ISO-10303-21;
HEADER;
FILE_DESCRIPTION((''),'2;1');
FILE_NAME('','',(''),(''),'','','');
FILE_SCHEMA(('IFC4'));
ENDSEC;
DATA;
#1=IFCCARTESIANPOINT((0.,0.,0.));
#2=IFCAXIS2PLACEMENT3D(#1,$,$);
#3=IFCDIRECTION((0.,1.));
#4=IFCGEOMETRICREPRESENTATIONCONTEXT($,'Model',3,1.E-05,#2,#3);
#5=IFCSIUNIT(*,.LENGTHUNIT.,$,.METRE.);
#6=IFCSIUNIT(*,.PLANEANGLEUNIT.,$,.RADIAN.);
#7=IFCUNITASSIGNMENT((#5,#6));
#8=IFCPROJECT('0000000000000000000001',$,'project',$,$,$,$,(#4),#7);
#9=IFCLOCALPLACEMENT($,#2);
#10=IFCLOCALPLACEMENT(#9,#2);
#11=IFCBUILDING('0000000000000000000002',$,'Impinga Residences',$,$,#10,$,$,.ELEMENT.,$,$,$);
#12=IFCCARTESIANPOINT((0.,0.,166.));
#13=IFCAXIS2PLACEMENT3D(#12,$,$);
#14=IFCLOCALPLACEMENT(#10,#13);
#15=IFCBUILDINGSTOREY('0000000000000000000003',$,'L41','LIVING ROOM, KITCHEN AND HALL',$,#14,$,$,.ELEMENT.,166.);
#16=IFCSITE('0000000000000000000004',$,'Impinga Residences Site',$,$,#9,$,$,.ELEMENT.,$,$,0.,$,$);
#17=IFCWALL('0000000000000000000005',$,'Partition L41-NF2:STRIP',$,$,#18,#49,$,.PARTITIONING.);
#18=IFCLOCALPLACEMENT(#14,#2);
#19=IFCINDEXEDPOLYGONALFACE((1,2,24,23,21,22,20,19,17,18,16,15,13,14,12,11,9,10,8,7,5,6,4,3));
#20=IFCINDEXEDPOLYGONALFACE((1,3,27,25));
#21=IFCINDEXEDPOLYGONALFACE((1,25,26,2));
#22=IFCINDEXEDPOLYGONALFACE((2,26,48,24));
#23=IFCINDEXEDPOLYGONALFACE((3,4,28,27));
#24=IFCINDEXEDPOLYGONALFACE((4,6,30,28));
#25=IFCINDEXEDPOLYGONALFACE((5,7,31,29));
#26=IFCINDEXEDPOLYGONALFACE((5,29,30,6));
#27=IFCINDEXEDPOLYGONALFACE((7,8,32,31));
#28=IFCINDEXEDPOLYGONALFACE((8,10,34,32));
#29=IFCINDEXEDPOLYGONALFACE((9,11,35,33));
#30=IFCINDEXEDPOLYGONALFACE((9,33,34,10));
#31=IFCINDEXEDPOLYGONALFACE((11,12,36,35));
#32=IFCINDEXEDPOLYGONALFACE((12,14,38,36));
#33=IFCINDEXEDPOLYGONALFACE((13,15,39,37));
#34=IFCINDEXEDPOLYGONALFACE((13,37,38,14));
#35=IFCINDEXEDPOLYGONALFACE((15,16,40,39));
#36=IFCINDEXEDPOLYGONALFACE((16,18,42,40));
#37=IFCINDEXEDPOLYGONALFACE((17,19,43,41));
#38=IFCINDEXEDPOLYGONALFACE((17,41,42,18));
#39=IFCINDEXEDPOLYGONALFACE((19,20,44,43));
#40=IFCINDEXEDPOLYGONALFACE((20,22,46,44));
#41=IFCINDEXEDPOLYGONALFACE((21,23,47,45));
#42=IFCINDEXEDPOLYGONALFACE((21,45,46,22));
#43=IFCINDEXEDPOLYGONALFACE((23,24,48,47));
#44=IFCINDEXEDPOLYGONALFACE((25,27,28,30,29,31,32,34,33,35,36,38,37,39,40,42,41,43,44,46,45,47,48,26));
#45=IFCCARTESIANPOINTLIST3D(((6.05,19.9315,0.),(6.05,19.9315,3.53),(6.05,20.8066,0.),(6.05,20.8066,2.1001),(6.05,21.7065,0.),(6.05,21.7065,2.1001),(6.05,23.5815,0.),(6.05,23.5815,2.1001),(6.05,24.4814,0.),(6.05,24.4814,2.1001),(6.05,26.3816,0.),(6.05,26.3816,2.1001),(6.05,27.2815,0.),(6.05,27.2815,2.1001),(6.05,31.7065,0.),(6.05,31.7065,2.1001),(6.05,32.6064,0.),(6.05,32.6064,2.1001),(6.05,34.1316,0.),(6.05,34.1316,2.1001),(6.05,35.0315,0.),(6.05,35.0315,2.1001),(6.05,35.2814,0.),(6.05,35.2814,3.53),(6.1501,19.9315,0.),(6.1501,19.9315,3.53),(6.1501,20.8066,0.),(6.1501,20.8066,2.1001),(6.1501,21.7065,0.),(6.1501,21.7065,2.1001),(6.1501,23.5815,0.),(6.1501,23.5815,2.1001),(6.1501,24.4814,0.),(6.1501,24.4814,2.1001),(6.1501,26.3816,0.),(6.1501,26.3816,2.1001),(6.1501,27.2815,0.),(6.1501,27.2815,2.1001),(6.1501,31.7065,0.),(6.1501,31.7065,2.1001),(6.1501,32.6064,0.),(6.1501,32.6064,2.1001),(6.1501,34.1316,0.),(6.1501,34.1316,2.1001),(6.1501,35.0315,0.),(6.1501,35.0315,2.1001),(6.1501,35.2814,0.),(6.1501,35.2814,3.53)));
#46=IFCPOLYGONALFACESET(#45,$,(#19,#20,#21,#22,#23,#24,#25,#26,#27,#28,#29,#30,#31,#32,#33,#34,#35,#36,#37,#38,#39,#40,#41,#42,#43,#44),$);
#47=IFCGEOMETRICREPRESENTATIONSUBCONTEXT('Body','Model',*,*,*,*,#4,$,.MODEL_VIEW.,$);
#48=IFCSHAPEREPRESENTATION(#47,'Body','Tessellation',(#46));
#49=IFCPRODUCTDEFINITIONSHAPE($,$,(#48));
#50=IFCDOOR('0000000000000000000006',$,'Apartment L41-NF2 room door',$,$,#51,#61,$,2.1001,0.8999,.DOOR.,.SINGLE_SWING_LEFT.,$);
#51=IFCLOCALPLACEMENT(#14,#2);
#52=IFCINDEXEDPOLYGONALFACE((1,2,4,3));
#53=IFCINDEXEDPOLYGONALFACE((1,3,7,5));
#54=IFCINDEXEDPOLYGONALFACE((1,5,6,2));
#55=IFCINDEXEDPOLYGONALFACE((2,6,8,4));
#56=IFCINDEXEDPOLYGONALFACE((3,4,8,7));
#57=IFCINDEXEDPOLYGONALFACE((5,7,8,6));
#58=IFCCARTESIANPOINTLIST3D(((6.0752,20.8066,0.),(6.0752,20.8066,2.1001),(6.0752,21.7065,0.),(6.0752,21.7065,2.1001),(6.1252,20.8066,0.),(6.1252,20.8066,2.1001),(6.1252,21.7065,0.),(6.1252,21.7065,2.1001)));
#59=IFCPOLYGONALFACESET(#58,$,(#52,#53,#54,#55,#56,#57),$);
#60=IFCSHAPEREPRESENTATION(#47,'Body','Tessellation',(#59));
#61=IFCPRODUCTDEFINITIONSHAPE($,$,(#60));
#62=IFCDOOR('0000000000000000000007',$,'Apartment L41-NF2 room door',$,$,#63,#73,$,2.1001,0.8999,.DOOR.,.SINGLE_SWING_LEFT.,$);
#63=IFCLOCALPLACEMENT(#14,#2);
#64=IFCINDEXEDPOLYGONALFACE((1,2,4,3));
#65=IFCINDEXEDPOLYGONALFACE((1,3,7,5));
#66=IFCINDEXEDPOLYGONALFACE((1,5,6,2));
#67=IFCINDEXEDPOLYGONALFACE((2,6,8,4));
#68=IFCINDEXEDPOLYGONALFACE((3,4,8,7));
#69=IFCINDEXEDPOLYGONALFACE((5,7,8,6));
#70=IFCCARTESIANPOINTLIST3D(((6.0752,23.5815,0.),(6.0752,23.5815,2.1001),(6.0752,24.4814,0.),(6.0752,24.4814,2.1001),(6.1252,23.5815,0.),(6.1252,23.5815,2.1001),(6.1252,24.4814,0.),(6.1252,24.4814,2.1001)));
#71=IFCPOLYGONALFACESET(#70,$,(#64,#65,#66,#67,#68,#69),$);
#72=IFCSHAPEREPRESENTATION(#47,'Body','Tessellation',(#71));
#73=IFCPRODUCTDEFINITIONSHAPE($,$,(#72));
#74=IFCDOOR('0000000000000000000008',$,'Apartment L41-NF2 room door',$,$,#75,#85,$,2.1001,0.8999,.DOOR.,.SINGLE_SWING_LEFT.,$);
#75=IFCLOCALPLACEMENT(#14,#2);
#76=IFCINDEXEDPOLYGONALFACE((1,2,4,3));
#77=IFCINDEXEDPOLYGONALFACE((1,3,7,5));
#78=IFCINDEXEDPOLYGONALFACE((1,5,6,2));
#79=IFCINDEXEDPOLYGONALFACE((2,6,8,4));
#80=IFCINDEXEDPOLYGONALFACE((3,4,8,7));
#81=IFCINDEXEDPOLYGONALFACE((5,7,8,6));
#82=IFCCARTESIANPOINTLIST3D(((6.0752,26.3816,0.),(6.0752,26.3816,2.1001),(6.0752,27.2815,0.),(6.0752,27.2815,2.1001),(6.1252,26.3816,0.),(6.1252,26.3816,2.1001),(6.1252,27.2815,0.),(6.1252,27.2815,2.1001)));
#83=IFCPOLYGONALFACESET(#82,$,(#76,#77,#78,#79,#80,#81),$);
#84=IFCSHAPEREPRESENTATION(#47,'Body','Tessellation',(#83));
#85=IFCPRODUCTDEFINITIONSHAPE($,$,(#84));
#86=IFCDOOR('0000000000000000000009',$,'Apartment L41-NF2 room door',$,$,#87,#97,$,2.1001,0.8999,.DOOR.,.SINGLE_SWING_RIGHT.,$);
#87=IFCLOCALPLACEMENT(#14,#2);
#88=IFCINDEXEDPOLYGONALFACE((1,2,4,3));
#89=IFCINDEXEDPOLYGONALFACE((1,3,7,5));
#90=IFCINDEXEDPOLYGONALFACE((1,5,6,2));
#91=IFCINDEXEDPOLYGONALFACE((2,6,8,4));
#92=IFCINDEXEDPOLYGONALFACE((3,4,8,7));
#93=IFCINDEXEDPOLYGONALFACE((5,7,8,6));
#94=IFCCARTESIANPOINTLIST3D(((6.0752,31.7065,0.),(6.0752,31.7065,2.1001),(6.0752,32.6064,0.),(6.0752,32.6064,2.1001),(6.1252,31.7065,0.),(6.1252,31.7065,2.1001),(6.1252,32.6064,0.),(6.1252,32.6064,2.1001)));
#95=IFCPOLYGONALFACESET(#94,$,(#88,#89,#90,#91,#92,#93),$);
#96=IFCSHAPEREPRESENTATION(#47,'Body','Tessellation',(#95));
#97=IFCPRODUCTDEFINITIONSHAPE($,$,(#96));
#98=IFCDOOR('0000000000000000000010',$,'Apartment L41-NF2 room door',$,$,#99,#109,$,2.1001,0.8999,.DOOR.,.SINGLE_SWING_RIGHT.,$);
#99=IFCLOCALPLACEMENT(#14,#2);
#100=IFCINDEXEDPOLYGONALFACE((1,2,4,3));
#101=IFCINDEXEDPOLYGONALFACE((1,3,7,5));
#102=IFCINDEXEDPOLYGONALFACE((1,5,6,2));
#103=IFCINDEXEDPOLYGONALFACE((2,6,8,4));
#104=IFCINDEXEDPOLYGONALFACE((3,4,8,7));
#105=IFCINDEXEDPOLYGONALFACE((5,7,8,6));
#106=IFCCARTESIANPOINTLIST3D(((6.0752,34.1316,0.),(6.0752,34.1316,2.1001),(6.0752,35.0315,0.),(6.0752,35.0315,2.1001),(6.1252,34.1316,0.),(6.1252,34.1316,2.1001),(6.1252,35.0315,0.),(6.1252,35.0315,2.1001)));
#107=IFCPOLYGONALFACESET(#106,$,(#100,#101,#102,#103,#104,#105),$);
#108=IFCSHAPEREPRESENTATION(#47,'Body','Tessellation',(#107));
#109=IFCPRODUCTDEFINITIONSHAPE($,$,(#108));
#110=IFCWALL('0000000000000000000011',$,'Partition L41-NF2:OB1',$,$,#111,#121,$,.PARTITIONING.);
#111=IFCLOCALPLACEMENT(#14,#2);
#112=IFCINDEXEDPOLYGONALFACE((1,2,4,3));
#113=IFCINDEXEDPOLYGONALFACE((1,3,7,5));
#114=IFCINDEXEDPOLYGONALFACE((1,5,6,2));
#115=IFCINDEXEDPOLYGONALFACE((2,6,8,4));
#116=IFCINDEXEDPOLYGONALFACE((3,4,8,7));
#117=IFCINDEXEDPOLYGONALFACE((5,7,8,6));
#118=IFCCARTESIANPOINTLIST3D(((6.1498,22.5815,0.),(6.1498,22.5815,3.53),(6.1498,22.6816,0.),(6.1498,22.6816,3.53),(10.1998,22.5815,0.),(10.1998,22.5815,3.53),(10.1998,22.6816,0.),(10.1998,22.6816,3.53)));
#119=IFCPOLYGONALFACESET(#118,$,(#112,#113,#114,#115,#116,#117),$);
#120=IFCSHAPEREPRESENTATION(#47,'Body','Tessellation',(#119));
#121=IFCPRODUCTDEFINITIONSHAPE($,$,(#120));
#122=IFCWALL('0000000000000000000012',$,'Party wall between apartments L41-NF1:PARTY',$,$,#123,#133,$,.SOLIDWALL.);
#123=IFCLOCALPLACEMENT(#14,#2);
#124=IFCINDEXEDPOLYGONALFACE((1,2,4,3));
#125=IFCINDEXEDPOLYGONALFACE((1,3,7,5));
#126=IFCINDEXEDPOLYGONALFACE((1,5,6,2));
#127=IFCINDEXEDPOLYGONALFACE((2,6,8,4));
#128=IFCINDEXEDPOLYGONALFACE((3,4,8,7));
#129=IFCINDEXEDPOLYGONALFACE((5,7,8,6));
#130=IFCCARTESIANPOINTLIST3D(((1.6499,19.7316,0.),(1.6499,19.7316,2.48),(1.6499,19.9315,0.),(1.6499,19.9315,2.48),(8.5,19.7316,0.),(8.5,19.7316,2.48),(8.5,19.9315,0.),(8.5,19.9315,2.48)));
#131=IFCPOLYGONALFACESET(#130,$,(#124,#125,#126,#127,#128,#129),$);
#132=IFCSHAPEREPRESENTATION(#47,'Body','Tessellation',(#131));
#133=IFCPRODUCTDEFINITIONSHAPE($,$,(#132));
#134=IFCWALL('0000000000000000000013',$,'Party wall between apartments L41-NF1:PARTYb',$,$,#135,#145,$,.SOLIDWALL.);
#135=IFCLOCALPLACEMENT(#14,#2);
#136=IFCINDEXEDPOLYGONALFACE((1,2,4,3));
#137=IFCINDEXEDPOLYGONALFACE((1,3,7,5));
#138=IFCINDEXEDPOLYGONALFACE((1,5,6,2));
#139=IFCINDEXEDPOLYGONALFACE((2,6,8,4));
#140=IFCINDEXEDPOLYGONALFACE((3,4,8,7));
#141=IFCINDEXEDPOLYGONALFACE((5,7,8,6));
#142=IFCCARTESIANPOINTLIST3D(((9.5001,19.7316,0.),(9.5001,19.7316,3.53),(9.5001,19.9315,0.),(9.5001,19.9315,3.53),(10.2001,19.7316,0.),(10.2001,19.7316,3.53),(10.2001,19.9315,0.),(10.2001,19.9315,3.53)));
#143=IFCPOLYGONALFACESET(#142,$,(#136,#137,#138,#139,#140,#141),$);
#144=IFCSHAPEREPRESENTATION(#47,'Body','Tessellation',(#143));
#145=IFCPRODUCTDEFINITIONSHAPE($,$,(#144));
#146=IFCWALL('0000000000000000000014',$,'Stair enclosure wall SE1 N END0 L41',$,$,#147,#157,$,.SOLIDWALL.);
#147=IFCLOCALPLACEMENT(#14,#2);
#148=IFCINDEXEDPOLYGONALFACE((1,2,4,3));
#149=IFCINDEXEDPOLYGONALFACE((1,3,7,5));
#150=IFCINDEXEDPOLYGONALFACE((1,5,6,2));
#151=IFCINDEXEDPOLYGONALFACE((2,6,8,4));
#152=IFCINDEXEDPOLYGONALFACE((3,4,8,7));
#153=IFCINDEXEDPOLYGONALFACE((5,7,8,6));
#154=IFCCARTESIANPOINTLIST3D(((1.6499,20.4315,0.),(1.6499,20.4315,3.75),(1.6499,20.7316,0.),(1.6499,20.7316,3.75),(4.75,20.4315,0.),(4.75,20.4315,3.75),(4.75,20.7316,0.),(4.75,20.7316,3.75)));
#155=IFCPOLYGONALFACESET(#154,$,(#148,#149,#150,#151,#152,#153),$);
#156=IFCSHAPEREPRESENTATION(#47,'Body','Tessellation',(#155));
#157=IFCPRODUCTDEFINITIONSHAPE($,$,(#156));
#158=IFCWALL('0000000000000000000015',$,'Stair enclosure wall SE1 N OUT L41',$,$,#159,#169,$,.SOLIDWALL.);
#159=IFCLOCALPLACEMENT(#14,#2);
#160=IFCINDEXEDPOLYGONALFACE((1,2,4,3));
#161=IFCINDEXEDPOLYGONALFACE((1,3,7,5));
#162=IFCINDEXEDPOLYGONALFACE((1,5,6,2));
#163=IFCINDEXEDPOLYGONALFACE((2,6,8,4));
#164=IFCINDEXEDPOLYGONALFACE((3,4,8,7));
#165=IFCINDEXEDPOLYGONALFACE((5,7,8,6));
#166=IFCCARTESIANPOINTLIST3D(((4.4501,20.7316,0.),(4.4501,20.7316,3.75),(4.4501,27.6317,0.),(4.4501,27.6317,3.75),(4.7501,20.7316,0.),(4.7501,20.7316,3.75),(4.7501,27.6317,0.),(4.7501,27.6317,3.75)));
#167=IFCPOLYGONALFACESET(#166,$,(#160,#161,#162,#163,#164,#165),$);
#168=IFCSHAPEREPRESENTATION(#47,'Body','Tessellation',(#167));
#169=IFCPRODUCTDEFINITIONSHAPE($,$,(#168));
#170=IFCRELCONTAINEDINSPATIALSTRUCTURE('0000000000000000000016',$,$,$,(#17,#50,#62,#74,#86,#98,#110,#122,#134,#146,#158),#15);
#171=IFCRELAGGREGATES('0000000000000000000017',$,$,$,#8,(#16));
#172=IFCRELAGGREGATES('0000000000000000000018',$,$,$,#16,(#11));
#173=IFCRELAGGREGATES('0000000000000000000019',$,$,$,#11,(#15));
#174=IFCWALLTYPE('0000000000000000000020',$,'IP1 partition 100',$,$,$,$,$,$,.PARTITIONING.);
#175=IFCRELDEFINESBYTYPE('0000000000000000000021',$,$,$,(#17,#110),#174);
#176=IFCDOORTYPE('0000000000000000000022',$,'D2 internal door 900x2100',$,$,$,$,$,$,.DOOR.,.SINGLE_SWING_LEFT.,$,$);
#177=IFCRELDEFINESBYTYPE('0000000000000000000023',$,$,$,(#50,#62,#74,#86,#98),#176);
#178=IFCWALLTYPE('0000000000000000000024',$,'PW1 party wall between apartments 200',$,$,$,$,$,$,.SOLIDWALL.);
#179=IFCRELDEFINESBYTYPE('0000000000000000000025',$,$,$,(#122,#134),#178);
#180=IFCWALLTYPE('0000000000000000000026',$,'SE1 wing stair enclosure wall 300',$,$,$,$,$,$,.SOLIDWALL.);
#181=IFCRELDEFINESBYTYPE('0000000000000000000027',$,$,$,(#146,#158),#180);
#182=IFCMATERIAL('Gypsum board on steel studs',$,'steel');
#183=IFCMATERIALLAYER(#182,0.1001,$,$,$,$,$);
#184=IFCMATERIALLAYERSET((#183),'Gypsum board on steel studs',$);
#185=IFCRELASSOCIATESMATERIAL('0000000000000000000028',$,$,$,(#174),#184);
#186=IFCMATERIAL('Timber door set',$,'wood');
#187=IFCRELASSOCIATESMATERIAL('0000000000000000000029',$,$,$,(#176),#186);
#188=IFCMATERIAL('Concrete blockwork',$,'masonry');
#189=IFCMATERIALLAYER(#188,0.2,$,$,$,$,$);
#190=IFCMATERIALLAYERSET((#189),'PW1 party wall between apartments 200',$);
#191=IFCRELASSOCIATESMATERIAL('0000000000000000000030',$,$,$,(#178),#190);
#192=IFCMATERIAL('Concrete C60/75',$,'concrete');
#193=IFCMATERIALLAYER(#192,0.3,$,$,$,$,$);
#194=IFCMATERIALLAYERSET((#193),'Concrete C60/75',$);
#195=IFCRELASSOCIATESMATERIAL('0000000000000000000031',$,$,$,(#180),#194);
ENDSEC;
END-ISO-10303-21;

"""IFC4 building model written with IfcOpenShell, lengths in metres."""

from ifc_helpers import new_model, si_unit, direction, frame, frame_2d, origin, place, context, subcontext, project, spatial, rectangle, extrude, material, layer, layer_set, type_object, element, fill, save


model = new_model("IFC4")

# Units and contexts
model_context = context("Model", 3, precision=1e-05, world=origin(), true_north=direction((0.0, 1.0)))
body_context = subcontext(model_context, "Body", "Model", "MODEL_VIEW")
ifc_project = project(units=[si_unit("LENGTHUNIT", "METRE"), si_unit("PLANEANGLEUNIT", "RADIAN")], contexts=[model_context])

# Site, building, storey
site_placement = place(None, origin())
site = spatial("IfcSite", under=ifc_project, at=site_placement, Name="Impinga Residences Site", CompositionType="ELEMENT", RefElevation=0.0)
building_placement = place(site_placement, origin())
building = spatial("IfcBuilding", under=site, at=building_placement, Name="Impinga Residences", CompositionType="ELEMENT")
storey_placement = place(building_placement, frame((0.0, 0.0, 166.0)))
storey = spatial("IfcBuildingStorey", under=building, at=storey_placement, Name="L41", Description="LIVING ROOM, KITCHEN AND HALL", CompositionType="ELEMENT", Elevation=166.0)

# Shared definitions
ifc_material_1 = material(Name="Concrete C60/75", Category="concrete")

# Shared definitions
ifc_material_2 = material(Name="Gypsum board on steel studs", Category="steel")
ifc_layer_1 = layer(ifc_material_2, 0.1001)
ifc_layer_set_1 = layer_set([ifc_layer_1], Name="Gypsum board on steel studs")
wall_type_1 = type_object("IfcWallType", Name="IP1 partition 100", PredefinedType="PARTITIONING", material=ifc_layer_set_1)

# Shared definitions
ifc_material_3 = material(Name="Timber door set", Category="wood")
door_type = type_object("IfcDoorType", Name="D2 internal door 900x2100", OperationType="SINGLE_SWING_LEFT", PredefinedType="DOOR", material=ifc_material_3)

# Wall, openings, doors
wall_1_placement = place(storey_placement, frame((6.1001, 19.9316, 0.0), z_axis=(0.0, 0.0, 1.0), x_axis=(0.0, 1.0, 0.0)))
wall_1 = element("IfcWall", 1, at=wall_1_placement, inside=storey, type_object=wall_type_1, Name="Partition L41-NF2:STRIP", PredefinedType="PARTITIONING", context=body_context, shape_type="SweptSolid", body=[
    extrude(rectangle(XDim=15.3499, YDim=0.1001, at=frame_2d((7.6748, 0.0))), origin(), (0.0, 0.0, 1.0), 3.53),
])
opening_1_placement = place(wall_1_placement, frame((0.875, 0.0, 0.0)))
opening_1 = element("IfcOpeningElement", 2, at=opening_1_placement, cuts=wall_1, PredefinedType="OPENING", context=body_context, shape_type="SweptSolid", body=[
    extrude(rectangle(XDim=0.8999, YDim=2.1001, at=frame_2d((0.45, 1.05))), frame((0.0, 0.0601, 0.0), z_axis=(0.0, -1.0, 0.0), x_axis=(1.0, 0.0, 0.0)), (0.0, 0.0, 1.0), 0.1201),
])
opening_2_placement = place(wall_1_placement, frame((3.6499, 0.0, 0.0)))
opening_2 = element("IfcOpeningElement", 3, at=opening_2_placement, cuts=wall_1, PredefinedType="OPENING", context=body_context, shape_type="SweptSolid", body=[
    extrude(rectangle(XDim=0.8999, YDim=2.1001, at=frame_2d((0.45, 1.05))), frame((0.0, 0.0601, 0.0), z_axis=(0.0, -1.0, 0.0), x_axis=(1.0, 0.0, 0.0)), (0.0, 0.0, 1.0), 0.1201),
])
opening_3_placement = place(wall_1_placement, frame((6.45, 0.0, 0.0)))
opening_3 = element("IfcOpeningElement", 4, at=opening_3_placement, cuts=wall_1, PredefinedType="OPENING", context=body_context, shape_type="SweptSolid", body=[
    extrude(rectangle(XDim=0.8999, YDim=2.1001, at=frame_2d((0.45, 1.05))), frame((0.0, 0.0601, 0.0), z_axis=(0.0, -1.0, 0.0), x_axis=(1.0, 0.0, 0.0)), (0.0, 0.0, 1.0), 0.1201),
])
opening_4_placement = place(wall_1_placement, frame((11.7749, 0.0, 0.0)))
opening_4 = element("IfcOpeningElement", 5, at=opening_4_placement, cuts=wall_1, PredefinedType="OPENING", context=body_context, shape_type="SweptSolid", body=[
    extrude(rectangle(XDim=0.8999, YDim=2.1001, at=frame_2d((0.45, 1.05))), frame((0.0, 0.0601, 0.0), z_axis=(0.0, -1.0, 0.0), x_axis=(1.0, 0.0, 0.0)), (0.0, 0.0, 1.0), 0.1201),
])
opening_5_placement = place(wall_1_placement, frame((14.2, 0.0, 0.0)))
opening_5 = element("IfcOpeningElement", 6, at=opening_5_placement, cuts=wall_1, PredefinedType="OPENING", context=body_context, shape_type="SweptSolid", body=[
    extrude(rectangle(XDim=0.8999, YDim=2.1001, at=frame_2d((0.45, 1.05))), frame((0.0, 0.0601, 0.0), z_axis=(0.0, -1.0, 0.0), x_axis=(1.0, 0.0, 0.0)), (0.0, 0.0, 1.0), 0.1201),
])
door_1_placement = place(opening_1_placement, origin())
door_1 = element("IfcDoor", 7, at=door_1_placement, inside=storey, type_object=door_type, Name="Apartment L41-NF2 room door", OperationType="SINGLE_SWING_LEFT", OverallHeight=2.1001, OverallWidth=0.8999, PredefinedType="DOOR", context=body_context, shape_type="SweptSolid", body=[
    extrude(rectangle(XDim=0.8999, YDim=2.1001, at=frame_2d((0.45, 1.05))), frame((0.0, 0.0249, 0.0), z_axis=(0.0, -1.0, 0.0), x_axis=(1.0, 0.0, 0.0)), (0.0, 0.0, 1.0), 0.05),
])
fill(opening_1, door_1)
door_2_placement = place(opening_2_placement, origin())
door_2 = element("IfcDoor", 8, at=door_2_placement, inside=storey, type_object=door_type, Name="Apartment L41-NF2 room door", OperationType="SINGLE_SWING_LEFT", OverallHeight=2.1001, OverallWidth=0.8999, PredefinedType="DOOR", context=body_context, shape_type="SweptSolid", body=[
    extrude(rectangle(XDim=0.8999, YDim=2.1001, at=frame_2d((0.45, 1.05))), frame((0.0, 0.0249, 0.0), z_axis=(0.0, -1.0, 0.0), x_axis=(1.0, 0.0, 0.0)), (0.0, 0.0, 1.0), 0.05),
])
fill(opening_2, door_2)
door_3_placement = place(opening_3_placement, origin())
door_3 = element("IfcDoor", 9, at=door_3_placement, inside=storey, type_object=door_type, Name="Apartment L41-NF2 room door", OperationType="SINGLE_SWING_LEFT", OverallHeight=2.1001, OverallWidth=0.8999, PredefinedType="DOOR", context=body_context, shape_type="SweptSolid", body=[
    extrude(rectangle(XDim=0.8999, YDim=2.1001, at=frame_2d((0.45, 1.05))), frame((0.0, 0.0249, 0.0), z_axis=(0.0, -1.0, 0.0), x_axis=(1.0, 0.0, 0.0)), (0.0, 0.0, 1.0), 0.05),
])
fill(opening_3, door_3)
door_4_placement = place(opening_4_placement, origin())
door_4 = element("IfcDoor", 10, at=door_4_placement, inside=storey, type_object=door_type, Name="Apartment L41-NF2 room door", OperationType="SINGLE_SWING_RIGHT", OverallHeight=2.1001, OverallWidth=0.8999, PredefinedType="DOOR", context=body_context, shape_type="SweptSolid", body=[
    extrude(rectangle(XDim=0.8999, YDim=2.1001, at=frame_2d((0.45, 1.05))), frame((0.0, 0.0249, 0.0), z_axis=(0.0, -1.0, 0.0), x_axis=(1.0, 0.0, 0.0)), (0.0, 0.0, 1.0), 0.05),
])
fill(opening_4, door_4)
door_5_placement = place(opening_5_placement, origin())
door_5 = element("IfcDoor", 11, at=door_5_placement, inside=storey, type_object=door_type, Name="Apartment L41-NF2 room door", OperationType="SINGLE_SWING_RIGHT", OverallHeight=2.1001, OverallWidth=0.8999, PredefinedType="DOOR", context=body_context, shape_type="SweptSolid", body=[
    extrude(rectangle(XDim=0.8999, YDim=2.1001, at=frame_2d((0.45, 1.05))), frame((0.0, 0.0249, 0.0), z_axis=(0.0, -1.0, 0.0), x_axis=(1.0, 0.0, 0.0)), (0.0, 0.0, 1.0), 0.05),
])
fill(opening_5, door_5)

# Walls
wall_2_placement = place(storey_placement, frame((6.1499, 22.6316, 0.0), z_axis=(0.0, 0.0, 1.0), x_axis=(1.0, 0.0, 0.0)))
element("IfcWall", 12, at=wall_2_placement, inside=storey, type_object=wall_type_1, Name="Partition L41-NF2:OB1", PredefinedType="PARTITIONING", context=body_context, shape_type="SweptSolid", body=[
    extrude(rectangle(XDim=4.05, YDim=0.1001, at=frame_2d((2.0249, 0.0))), origin(), (0.0, 0.0, 1.0), 3.53),
])
ifc_material_4 = material(Name="Concrete blockwork", Category="masonry")
ifc_layer_2 = layer(ifc_material_4, 0.2)
ifc_layer_set_2 = layer_set([ifc_layer_2], Name="PW1 party wall between apartments 200")
wall_type_2 = type_object("IfcWallType", Name="PW1 party wall between apartments 200", PredefinedType="SOLIDWALL", material=ifc_layer_set_2)
wall_3_placement = place(storey_placement, frame((1.6499, 19.8315, 0.0), z_axis=(0.0, 0.0, 1.0), x_axis=(1.0, 0.0, 0.0)))
element("IfcWall", 13, at=wall_3_placement, inside=storey, type_object=wall_type_2, Name="Party wall between apartments L41-NF1:PARTY", PredefinedType="SOLIDWALL", context=body_context, shape_type="SweptSolid", body=[
    extrude(rectangle(XDim=6.8501, YDim=0.2, at=frame_2d((3.425, 0.0))), origin(), (0.0, 0.0, 1.0), 2.48),
])
wall_4_placement = place(storey_placement, frame((9.5, 19.8315, 0.0), z_axis=(0.0, 0.0, 1.0), x_axis=(1.0, 0.0, 0.0)))
element("IfcWall", 14, at=wall_4_placement, inside=storey, type_object=wall_type_2, Name="Party wall between apartments L41-NF1:PARTYb", PredefinedType="SOLIDWALL", context=body_context, shape_type="SweptSolid", body=[
    extrude(rectangle(XDim=0.7, YDim=0.2, at=frame_2d((0.3501, 0.0))), origin(), (0.0, 0.0, 1.0), 3.53),
])
ifc_layer_3 = layer(ifc_material_1, 0.3)
ifc_layer_set_3 = layer_set([ifc_layer_3], Name="Concrete C60/75")
wall_type_3 = type_object("IfcWallType", Name="SE1 wing stair enclosure wall 300", PredefinedType="SOLIDWALL", material=ifc_layer_set_3)
wall_5_placement = place(storey_placement, frame((1.6499, 20.5815, 0.0), z_axis=(0.0, 0.0, 1.0), x_axis=(1.0, 0.0, 0.0)))
element("IfcWall", 15, at=wall_5_placement, inside=storey, type_object=wall_type_3, Name="Stair enclosure wall SE1 N END0 L41", PredefinedType="SOLIDWALL", context=body_context, shape_type="SweptSolid", body=[
    extrude(rectangle(XDim=3.1001, YDim=0.3, at=frame_2d((1.55, 0.0))), origin(), (0.0, 0.0, 1.0), 3.75),
])
wall_6_placement = place(storey_placement, frame((4.6001, 20.7314, 0.0), z_axis=(0.0, 0.0, 1.0), x_axis=(0.0, 1.0, 0.0)))
element("IfcWall", 16, at=wall_6_placement, inside=storey, type_object=wall_type_3, Name="Stair enclosure wall SE1 N OUT L41", PredefinedType="SOLIDWALL", context=body_context, shape_type="SweptSolid", body=[
    extrude(rectangle(XDim=6.9001, YDim=0.3, at=frame_2d((3.4502, 0.0))), origin(), (0.0, 0.0, 1.0), 3.75),
])

save(model, "model.ifc")
